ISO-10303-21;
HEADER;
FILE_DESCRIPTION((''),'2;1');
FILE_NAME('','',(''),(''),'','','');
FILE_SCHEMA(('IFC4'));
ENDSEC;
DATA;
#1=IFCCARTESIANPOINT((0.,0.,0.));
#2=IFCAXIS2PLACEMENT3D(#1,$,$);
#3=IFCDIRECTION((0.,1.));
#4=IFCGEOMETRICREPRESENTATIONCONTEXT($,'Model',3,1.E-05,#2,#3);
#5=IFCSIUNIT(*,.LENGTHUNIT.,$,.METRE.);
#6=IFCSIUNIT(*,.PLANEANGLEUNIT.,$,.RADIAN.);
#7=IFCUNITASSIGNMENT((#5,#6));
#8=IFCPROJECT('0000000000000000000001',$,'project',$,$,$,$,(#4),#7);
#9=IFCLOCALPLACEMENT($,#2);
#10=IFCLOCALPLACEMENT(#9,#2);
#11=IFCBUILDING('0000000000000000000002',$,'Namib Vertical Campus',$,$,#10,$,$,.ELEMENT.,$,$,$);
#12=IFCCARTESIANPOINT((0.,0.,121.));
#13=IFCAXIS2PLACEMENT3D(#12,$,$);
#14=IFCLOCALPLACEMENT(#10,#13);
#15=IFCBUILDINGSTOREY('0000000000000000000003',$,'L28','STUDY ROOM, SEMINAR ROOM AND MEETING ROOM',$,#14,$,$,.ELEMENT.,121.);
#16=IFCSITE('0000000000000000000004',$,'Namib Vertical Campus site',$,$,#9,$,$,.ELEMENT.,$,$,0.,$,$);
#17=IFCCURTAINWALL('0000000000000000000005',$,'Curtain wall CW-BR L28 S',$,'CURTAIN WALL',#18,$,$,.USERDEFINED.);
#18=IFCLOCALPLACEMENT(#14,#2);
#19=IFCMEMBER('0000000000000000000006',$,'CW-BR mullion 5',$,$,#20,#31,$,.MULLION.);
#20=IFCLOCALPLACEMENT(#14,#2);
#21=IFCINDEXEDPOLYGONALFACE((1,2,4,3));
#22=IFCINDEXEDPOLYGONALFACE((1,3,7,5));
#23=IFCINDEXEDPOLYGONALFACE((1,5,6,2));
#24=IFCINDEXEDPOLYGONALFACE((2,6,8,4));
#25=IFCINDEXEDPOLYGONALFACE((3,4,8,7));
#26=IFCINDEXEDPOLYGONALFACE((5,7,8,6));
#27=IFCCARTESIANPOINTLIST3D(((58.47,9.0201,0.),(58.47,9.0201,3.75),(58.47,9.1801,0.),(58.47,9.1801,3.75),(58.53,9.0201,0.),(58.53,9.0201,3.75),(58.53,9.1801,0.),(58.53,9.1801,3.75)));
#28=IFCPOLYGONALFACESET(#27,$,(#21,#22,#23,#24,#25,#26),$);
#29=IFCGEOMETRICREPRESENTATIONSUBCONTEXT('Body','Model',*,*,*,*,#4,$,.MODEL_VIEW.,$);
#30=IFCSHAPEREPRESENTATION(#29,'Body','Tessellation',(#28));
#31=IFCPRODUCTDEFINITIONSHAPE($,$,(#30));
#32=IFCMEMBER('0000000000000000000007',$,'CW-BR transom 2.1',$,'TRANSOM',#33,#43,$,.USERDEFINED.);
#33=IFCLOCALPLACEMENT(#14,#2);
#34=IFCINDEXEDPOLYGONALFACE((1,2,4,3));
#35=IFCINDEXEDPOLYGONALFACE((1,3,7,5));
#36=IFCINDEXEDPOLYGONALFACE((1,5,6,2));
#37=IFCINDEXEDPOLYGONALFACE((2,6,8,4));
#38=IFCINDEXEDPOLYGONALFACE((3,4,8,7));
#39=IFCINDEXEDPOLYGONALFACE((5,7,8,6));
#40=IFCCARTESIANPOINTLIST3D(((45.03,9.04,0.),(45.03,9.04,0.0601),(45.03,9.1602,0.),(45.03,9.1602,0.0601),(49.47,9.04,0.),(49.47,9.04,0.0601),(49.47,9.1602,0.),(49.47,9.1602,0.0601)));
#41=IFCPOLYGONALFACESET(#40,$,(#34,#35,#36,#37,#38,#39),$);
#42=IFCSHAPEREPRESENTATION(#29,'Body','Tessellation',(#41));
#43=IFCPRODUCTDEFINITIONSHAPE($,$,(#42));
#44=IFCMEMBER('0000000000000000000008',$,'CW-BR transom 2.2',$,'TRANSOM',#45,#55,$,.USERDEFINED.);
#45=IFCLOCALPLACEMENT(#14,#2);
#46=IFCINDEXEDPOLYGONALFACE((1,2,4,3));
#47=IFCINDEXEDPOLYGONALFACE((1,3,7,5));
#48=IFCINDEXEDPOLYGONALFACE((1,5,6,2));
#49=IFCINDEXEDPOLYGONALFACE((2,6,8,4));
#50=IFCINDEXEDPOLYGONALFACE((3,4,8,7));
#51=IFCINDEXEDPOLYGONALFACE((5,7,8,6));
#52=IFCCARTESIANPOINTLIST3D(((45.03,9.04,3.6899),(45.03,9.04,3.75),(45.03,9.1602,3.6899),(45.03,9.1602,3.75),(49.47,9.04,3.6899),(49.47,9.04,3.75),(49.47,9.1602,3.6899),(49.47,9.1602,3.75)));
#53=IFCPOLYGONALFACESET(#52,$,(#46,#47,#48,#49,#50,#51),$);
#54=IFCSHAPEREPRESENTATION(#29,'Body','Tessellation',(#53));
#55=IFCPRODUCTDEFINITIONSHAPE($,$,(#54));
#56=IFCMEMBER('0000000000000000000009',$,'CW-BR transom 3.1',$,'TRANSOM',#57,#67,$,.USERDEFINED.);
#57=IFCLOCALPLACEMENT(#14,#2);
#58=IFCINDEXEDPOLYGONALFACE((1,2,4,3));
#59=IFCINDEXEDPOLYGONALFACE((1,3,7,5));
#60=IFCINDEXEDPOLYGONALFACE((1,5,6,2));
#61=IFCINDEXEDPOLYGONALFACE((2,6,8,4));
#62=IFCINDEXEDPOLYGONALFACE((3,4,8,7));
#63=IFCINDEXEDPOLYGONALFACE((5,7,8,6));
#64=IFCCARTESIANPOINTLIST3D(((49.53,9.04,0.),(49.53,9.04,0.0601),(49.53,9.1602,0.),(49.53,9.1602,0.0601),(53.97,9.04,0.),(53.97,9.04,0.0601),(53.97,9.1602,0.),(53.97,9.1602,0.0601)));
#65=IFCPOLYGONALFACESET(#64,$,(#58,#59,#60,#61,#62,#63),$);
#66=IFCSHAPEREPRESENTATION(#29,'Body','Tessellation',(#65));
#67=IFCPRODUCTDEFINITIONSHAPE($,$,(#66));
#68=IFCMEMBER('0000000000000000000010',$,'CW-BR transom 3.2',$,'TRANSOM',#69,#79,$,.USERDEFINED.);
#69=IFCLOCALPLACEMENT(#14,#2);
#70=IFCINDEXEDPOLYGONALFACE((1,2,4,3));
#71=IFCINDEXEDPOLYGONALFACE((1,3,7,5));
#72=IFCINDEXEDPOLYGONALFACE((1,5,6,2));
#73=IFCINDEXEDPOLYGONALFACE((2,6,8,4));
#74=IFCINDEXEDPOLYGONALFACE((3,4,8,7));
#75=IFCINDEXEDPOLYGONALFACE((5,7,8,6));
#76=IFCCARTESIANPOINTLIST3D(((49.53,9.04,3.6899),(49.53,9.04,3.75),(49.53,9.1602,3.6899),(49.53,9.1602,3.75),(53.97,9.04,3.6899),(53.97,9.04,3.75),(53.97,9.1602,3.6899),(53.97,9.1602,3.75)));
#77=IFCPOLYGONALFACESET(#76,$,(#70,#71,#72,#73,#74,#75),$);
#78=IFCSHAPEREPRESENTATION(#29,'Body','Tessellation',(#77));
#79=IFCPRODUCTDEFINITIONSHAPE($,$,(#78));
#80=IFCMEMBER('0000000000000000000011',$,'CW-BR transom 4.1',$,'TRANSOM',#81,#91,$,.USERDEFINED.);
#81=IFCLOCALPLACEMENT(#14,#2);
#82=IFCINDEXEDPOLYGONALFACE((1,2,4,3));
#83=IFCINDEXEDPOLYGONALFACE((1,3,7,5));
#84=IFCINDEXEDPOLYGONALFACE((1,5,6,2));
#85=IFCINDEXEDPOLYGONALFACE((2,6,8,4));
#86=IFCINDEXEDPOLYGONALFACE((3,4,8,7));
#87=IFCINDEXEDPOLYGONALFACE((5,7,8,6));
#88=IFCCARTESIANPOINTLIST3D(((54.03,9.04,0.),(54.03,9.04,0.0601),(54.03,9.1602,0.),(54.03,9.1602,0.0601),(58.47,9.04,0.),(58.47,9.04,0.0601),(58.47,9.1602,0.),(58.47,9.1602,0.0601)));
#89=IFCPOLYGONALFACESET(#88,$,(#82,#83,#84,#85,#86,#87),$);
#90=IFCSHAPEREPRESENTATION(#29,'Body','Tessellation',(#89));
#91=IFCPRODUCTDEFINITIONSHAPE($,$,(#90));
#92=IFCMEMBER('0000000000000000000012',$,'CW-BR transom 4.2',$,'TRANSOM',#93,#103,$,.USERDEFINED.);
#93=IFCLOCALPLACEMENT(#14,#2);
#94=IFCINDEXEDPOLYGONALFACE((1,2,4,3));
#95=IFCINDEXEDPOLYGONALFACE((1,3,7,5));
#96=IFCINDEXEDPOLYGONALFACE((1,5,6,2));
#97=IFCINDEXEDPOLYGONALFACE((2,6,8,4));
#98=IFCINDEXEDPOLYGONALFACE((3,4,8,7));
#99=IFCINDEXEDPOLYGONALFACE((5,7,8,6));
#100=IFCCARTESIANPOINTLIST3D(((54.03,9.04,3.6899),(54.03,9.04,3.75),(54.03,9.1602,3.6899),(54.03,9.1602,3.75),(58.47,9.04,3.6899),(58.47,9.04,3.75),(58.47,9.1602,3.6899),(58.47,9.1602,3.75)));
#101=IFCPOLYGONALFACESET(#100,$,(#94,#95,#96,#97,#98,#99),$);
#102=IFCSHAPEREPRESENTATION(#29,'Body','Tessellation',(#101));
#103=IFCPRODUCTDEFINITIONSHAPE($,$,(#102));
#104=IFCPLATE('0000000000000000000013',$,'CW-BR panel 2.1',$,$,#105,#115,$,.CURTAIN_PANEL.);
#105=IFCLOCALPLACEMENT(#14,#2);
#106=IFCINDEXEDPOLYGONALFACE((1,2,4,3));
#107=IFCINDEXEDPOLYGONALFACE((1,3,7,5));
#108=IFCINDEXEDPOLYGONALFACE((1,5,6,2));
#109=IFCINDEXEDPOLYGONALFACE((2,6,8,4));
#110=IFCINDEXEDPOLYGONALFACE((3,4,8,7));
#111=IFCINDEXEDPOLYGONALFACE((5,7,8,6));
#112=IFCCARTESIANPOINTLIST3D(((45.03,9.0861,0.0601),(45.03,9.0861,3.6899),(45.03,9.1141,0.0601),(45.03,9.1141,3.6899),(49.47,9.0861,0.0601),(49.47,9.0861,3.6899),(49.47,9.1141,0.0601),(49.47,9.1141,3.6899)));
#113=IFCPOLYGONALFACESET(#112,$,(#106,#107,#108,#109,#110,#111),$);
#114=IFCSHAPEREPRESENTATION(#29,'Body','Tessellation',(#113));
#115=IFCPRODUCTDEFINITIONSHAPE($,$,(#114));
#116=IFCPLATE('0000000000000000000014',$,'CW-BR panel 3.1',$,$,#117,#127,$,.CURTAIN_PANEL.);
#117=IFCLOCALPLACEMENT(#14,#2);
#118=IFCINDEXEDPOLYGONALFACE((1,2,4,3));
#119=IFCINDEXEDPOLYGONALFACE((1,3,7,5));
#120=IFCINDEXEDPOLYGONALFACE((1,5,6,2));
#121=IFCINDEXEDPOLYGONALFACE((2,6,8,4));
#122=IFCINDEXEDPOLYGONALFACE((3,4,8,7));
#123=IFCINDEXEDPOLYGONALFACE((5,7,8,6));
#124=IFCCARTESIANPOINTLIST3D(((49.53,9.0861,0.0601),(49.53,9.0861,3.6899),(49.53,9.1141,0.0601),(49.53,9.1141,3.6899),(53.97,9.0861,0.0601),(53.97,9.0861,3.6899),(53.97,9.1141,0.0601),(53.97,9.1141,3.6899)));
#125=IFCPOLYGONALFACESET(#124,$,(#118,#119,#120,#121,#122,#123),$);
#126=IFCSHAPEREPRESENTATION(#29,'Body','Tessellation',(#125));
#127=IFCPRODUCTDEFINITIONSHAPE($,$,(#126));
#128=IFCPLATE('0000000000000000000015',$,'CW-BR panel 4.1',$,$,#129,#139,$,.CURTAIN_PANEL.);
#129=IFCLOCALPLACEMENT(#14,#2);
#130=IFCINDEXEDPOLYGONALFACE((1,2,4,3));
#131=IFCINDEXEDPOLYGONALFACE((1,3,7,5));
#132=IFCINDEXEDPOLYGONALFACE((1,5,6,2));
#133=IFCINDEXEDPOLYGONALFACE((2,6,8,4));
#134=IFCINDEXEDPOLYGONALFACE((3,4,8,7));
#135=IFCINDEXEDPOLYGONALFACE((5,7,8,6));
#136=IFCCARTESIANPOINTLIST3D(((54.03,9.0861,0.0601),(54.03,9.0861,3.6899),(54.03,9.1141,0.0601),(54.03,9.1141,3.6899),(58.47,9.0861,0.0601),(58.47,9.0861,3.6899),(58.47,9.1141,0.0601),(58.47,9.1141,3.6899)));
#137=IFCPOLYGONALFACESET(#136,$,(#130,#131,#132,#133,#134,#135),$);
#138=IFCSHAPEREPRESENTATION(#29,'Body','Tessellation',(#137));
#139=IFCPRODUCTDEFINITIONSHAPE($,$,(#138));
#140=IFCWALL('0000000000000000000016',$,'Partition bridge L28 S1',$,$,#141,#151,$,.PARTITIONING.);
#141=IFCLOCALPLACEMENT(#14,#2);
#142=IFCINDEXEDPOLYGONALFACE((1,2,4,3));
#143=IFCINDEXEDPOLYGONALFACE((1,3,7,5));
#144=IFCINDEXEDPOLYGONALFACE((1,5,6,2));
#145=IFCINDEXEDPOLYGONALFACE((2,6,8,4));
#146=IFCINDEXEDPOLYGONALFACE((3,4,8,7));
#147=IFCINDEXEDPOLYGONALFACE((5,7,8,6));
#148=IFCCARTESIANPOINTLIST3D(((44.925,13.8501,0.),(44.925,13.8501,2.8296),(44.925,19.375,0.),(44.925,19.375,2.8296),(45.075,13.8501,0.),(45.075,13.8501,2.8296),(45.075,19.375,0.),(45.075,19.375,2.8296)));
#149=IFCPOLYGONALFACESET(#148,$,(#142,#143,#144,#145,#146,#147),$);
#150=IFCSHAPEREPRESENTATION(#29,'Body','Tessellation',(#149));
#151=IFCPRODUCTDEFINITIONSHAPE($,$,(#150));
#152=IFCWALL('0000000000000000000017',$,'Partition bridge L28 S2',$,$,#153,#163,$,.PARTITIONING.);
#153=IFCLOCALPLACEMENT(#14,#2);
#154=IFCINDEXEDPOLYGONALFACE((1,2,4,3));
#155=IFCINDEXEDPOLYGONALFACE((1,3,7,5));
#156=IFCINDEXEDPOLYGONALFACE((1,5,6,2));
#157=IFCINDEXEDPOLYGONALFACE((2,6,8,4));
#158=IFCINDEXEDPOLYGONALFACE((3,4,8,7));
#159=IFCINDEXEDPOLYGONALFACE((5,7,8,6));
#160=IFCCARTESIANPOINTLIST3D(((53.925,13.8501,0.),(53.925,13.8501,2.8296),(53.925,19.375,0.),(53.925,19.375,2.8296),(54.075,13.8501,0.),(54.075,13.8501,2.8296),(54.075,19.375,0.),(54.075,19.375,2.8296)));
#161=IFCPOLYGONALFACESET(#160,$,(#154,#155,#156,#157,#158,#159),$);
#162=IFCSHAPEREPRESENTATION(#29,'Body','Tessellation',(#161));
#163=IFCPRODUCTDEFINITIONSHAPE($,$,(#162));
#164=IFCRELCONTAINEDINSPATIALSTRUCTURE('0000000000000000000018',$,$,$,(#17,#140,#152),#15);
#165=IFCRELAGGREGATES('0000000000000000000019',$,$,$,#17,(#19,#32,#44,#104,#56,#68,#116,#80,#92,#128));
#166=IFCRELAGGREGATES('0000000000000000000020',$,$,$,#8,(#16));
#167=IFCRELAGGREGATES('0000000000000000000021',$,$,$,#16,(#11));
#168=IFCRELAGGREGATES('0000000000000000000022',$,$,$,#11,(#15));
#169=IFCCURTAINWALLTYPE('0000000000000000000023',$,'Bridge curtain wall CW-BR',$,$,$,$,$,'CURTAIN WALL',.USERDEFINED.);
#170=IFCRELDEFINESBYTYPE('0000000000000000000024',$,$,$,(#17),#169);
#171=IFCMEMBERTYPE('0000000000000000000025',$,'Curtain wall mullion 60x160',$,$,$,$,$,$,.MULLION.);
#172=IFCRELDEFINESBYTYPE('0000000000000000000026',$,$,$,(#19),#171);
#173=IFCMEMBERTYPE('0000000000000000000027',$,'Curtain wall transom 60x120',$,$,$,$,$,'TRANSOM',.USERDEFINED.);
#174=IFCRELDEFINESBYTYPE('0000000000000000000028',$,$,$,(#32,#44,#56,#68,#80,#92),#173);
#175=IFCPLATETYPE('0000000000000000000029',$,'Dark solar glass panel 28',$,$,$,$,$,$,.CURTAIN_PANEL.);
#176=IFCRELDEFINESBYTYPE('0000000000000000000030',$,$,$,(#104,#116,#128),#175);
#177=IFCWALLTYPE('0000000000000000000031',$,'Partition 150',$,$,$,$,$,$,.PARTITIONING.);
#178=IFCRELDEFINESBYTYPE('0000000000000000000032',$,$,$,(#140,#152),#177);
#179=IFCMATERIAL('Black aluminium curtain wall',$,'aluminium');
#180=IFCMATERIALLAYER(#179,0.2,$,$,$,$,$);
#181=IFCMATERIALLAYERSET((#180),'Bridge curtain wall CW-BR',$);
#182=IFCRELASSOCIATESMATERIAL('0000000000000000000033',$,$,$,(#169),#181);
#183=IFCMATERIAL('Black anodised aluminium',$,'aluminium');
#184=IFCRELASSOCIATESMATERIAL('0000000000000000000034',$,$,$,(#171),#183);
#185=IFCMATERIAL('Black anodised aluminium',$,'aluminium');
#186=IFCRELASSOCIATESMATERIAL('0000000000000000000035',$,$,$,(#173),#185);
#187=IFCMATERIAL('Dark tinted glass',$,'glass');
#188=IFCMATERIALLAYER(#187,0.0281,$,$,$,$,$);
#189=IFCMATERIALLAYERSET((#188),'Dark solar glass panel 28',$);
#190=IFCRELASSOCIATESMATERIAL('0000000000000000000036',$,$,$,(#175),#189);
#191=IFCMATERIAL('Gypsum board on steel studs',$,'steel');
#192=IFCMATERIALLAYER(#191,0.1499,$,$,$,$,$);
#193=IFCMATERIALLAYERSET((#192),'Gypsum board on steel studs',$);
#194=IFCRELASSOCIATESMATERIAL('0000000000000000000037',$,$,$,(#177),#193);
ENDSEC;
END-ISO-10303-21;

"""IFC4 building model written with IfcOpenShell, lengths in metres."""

from ifc_helpers import new_model, si_unit, direction, frame, frame_2d, origin, origin_2d, place, context, subcontext, project, spatial, rectangle, extrude, material, layer, layer_set, material_profile, profile_set, type_object, element, aggregate, save


model = new_model("IFC4")

# Units and contexts
model_context = context("Model", 3, precision=1e-05, world=origin(), true_north=direction((0.0, 1.0)))
body_context = subcontext(model_context, "Body", "Model", "MODEL_VIEW")
ifc_project = project(units=[si_unit("LENGTHUNIT", "METRE"), si_unit("PLANEANGLEUNIT", "RADIAN")], contexts=[model_context])

# Site, building, storey
site_placement = place(None, origin())
site = spatial("IfcSite", under=ifc_project, at=site_placement, Name="Namib Vertical Campus site", CompositionType="ELEMENT", RefElevation=0.0)
building_placement = place(site_placement, origin())
building = spatial("IfcBuilding", under=site, at=building_placement, Name="Namib Vertical Campus", CompositionType="ELEMENT")
storey_placement = place(building_placement, frame((0.0, 0.0, 121.0)))
storey = spatial("IfcBuildingStorey", under=building, at=storey_placement, Name="L28", Description="STUDY ROOM, SEMINAR ROOM AND MEETING ROOM", CompositionType="ELEMENT", Elevation=121.0)

# Curtain wall, members, plates
ifc_material_1 = material(Name="Black aluminium curtain wall", Category="aluminium")
ifc_layer_1 = layer(ifc_material_1, 0.2)
ifc_layer_set_1 = layer_set([ifc_layer_1], Name="Bridge curtain wall CW-BR")
curtain_wall_type = type_object("IfcCurtainWallType", Name="Bridge curtain wall CW-BR", ElementType="CURTAIN WALL", PredefinedType="USERDEFINED", material=ifc_layer_set_1)
curtain_wall_placement = place(storey_placement, origin())
curtain_wall = element("IfcCurtainWall", 1, at=curtain_wall_placement, inside=storey, type_object=curtain_wall_type, Name="Curtain wall CW-BR L28 S", ObjectType="CURTAIN WALL", PredefinedType="USERDEFINED")
ifc_material_2 = material(Name="Black anodised aluminium", Category="aluminium")
ifc_material_profile_1 = material_profile(ifc_material_2, rectangle(XDim=0.0601, YDim=0.1599, at=origin_2d()))
ifc_profile_set_1 = profile_set([ifc_material_profile_1], Name="Black anodised aluminium")
member_type_1 = type_object("IfcMemberType", Name="Curtain wall mullion 60x160", PredefinedType="MULLION", material=ifc_profile_set_1)
member_1_placement = place(storey_placement, frame((58.5, 9.1001, 0.0), z_axis=(0.0, 0.0, 1.0), x_axis=(1.0, 0.0, 0.0)))
member_1 = element("IfcMember", 2, at=member_1_placement, type_object=member_type_1, Name="CW-BR mullion 5", PredefinedType="MULLION", context=body_context, shape_type="SweptSolid", body=[
    extrude(rectangle(XDim=0.0601, YDim=0.1599, at=origin_2d()), origin(), (0.0, 0.0, 1.0), 3.75),
])
ifc_material_3 = material(Name="Black anodised aluminium", Category="aluminium")
ifc_material_profile_2 = material_profile(ifc_material_3, rectangle(XDim=0.0601, YDim=0.1201, at=origin_2d()))
ifc_profile_set_2 = profile_set([ifc_material_profile_2], Name="Black anodised aluminium")
member_type_2 = type_object("IfcMemberType", Name="Curtain wall transom 60x120", ElementType="TRANSOM", PredefinedType="USERDEFINED", material=ifc_profile_set_2)
member_2_placement = place(storey_placement, frame((45.03, 9.1001, 0.03), z_axis=(1.0, 0.0, 0.0), x_axis=(0.0, 0.0, 1.0)))
member_2 = element("IfcMember", 3, at=member_2_placement, type_object=member_type_2, Name="CW-BR transom 2.1", ObjectType="TRANSOM", PredefinedType="USERDEFINED", context=body_context, shape_type="SweptSolid", body=[
    extrude(rectangle(XDim=0.0601, YDim=0.1201, at=origin_2d()), origin(), (0.0, 0.0, 1.0), 4.4399),
])
member_3_placement = place(storey_placement, frame((45.03, 9.1001, 3.72), z_axis=(1.0, 0.0, 0.0), x_axis=(0.0, 0.0, 1.0)))
member_3 = element("IfcMember", 4, at=member_3_placement, type_object=member_type_2, Name="CW-BR transom 2.2", ObjectType="TRANSOM", PredefinedType="USERDEFINED", context=body_context, shape_type="SweptSolid", body=[
    extrude(rectangle(XDim=0.0601, YDim=0.1201, at=origin_2d()), origin(), (0.0, 0.0, 1.0), 4.4399),
])
member_4_placement = place(storey_placement, frame((49.53, 9.1001, 0.03), z_axis=(1.0, 0.0, 0.0), x_axis=(0.0, 0.0, 1.0)))
member_4 = element("IfcMember", 5, at=member_4_placement, type_object=member_type_2, Name="CW-BR transom 3.1", ObjectType="TRANSOM", PredefinedType="USERDEFINED", context=body_context, shape_type="SweptSolid", body=[
    extrude(rectangle(XDim=0.0601, YDim=0.1201, at=origin_2d()), origin(), (0.0, 0.0, 1.0), 4.4399),
])
member_5_placement = place(storey_placement, frame((49.53, 9.1001, 3.72), z_axis=(1.0, 0.0, 0.0), x_axis=(0.0, 0.0, 1.0)))
member_5 = element("IfcMember", 6, at=member_5_placement, type_object=member_type_2, Name="CW-BR transom 3.2", ObjectType="TRANSOM", PredefinedType="USERDEFINED", context=body_context, shape_type="SweptSolid", body=[
    extrude(rectangle(XDim=0.0601, YDim=0.1201, at=origin_2d()), origin(), (0.0, 0.0, 1.0), 4.4399),
])
member_6_placement = place(storey_placement, frame((54.03, 9.1001, 0.03), z_axis=(1.0, 0.0, 0.0), x_axis=(0.0, 0.0, 1.0)))
member_6 = element("IfcMember", 7, at=member_6_placement, type_object=member_type_2, Name="CW-BR transom 4.1", ObjectType="TRANSOM", PredefinedType="USERDEFINED", context=body_context, shape_type="SweptSolid", body=[
    extrude(rectangle(XDim=0.0601, YDim=0.1201, at=origin_2d()), origin(), (0.0, 0.0, 1.0), 4.4399),
])
member_7_placement = place(storey_placement, frame((54.03, 9.1001, 3.72), z_axis=(1.0, 0.0, 0.0), x_axis=(0.0, 0.0, 1.0)))
member_7 = element("IfcMember", 8, at=member_7_placement, type_object=member_type_2, Name="CW-BR transom 4.2", ObjectType="TRANSOM", PredefinedType="USERDEFINED", context=body_context, shape_type="SweptSolid", body=[
    extrude(rectangle(XDim=0.0601, YDim=0.1201, at=origin_2d()), origin(), (0.0, 0.0, 1.0), 4.4399),
])
ifc_material_4 = material(Name="Dark tinted glass", Category="glass")
ifc_layer_2 = layer(ifc_material_4, 0.0281)
ifc_layer_set_2 = layer_set([ifc_layer_2], Name="Dark solar glass panel 28")
plate_type = type_object("IfcPlateType", Name="Dark solar glass panel 28", PredefinedType="CURTAIN_PANEL", material=ifc_layer_set_2)
plate_1_placement = place(storey_placement, frame((47.25, 9.1001, 0.0601), z_axis=(0.0, 0.0, 1.0), x_axis=(1.0, 0.0, 0.0)))
plate_1 = element("IfcPlate", 9, at=plate_1_placement, type_object=plate_type, Name="CW-BR panel 2.1", PredefinedType="CURTAIN_PANEL", context=body_context, shape_type="SweptSolid", body=[
    extrude(rectangle(XDim=4.4399, YDim=0.0281, at=origin_2d()), origin(), (0.0, 0.0, 1.0), 3.6299),
])
plate_2_placement = place(storey_placement, frame((51.75, 9.1001, 0.0601), z_axis=(0.0, 0.0, 1.0), x_axis=(1.0, 0.0, 0.0)))
plate_2 = element("IfcPlate", 10, at=plate_2_placement, type_object=plate_type, Name="CW-BR panel 3.1", PredefinedType="CURTAIN_PANEL", context=body_context, shape_type="SweptSolid", body=[
    extrude(rectangle(XDim=4.4399, YDim=0.0281, at=origin_2d()), origin(), (0.0, 0.0, 1.0), 3.6299),
])
plate_3_placement = place(storey_placement, frame((56.25, 9.1001, 0.0601), z_axis=(0.0, 0.0, 1.0), x_axis=(1.0, 0.0, 0.0)))
plate_3 = element("IfcPlate", 11, at=plate_3_placement, type_object=plate_type, Name="CW-BR panel 4.1", PredefinedType="CURTAIN_PANEL", context=body_context, shape_type="SweptSolid", body=[
    extrude(rectangle(XDim=4.4399, YDim=0.0281, at=origin_2d()), origin(), (0.0, 0.0, 1.0), 3.6299),
])
aggregate(curtain_wall, [member_1, member_2, member_3, plate_1, member_4, member_5, plate_2, member_6, member_7, plate_3])

# Walls
ifc_material_5 = material(Name="Gypsum board on steel studs", Category="steel")
ifc_layer_3 = layer(ifc_material_5, 0.1499)
ifc_layer_set_3 = layer_set([ifc_layer_3], Name="Gypsum board on steel studs")
wall_type = type_object("IfcWallType", Name="Partition 150", PredefinedType="PARTITIONING", material=ifc_layer_set_3)
for number, where, z_axis, x_axis, name in (
    (12, (45.0, 13.8501, 0.0), (0.0, 0.0, 1.0), (0.0, 1.0, 0.0), "Partition bridge L28 S1"),
    (13, (54.0, 13.8501, 0.0), (0.0, 0.0, 1.0), (0.0, 1.0, 0.0), "Partition bridge L28 S2"),
):
    element("IfcWall", number, at=place(storey_placement, frame(where, z_axis=z_axis, x_axis=x_axis)), inside=storey, type_object=wall_type, Name=name, PredefinedType="PARTITIONING", context=body_context, shape_type="SweptSolid", body=[
        extrude(rectangle(XDim=5.5249, YDim=0.1499, at=frame_2d((2.7625, 0.0))), origin(), (0.0, 0.0, 1.0), 2.8296),
    ])

save(model, "model.ifc")
